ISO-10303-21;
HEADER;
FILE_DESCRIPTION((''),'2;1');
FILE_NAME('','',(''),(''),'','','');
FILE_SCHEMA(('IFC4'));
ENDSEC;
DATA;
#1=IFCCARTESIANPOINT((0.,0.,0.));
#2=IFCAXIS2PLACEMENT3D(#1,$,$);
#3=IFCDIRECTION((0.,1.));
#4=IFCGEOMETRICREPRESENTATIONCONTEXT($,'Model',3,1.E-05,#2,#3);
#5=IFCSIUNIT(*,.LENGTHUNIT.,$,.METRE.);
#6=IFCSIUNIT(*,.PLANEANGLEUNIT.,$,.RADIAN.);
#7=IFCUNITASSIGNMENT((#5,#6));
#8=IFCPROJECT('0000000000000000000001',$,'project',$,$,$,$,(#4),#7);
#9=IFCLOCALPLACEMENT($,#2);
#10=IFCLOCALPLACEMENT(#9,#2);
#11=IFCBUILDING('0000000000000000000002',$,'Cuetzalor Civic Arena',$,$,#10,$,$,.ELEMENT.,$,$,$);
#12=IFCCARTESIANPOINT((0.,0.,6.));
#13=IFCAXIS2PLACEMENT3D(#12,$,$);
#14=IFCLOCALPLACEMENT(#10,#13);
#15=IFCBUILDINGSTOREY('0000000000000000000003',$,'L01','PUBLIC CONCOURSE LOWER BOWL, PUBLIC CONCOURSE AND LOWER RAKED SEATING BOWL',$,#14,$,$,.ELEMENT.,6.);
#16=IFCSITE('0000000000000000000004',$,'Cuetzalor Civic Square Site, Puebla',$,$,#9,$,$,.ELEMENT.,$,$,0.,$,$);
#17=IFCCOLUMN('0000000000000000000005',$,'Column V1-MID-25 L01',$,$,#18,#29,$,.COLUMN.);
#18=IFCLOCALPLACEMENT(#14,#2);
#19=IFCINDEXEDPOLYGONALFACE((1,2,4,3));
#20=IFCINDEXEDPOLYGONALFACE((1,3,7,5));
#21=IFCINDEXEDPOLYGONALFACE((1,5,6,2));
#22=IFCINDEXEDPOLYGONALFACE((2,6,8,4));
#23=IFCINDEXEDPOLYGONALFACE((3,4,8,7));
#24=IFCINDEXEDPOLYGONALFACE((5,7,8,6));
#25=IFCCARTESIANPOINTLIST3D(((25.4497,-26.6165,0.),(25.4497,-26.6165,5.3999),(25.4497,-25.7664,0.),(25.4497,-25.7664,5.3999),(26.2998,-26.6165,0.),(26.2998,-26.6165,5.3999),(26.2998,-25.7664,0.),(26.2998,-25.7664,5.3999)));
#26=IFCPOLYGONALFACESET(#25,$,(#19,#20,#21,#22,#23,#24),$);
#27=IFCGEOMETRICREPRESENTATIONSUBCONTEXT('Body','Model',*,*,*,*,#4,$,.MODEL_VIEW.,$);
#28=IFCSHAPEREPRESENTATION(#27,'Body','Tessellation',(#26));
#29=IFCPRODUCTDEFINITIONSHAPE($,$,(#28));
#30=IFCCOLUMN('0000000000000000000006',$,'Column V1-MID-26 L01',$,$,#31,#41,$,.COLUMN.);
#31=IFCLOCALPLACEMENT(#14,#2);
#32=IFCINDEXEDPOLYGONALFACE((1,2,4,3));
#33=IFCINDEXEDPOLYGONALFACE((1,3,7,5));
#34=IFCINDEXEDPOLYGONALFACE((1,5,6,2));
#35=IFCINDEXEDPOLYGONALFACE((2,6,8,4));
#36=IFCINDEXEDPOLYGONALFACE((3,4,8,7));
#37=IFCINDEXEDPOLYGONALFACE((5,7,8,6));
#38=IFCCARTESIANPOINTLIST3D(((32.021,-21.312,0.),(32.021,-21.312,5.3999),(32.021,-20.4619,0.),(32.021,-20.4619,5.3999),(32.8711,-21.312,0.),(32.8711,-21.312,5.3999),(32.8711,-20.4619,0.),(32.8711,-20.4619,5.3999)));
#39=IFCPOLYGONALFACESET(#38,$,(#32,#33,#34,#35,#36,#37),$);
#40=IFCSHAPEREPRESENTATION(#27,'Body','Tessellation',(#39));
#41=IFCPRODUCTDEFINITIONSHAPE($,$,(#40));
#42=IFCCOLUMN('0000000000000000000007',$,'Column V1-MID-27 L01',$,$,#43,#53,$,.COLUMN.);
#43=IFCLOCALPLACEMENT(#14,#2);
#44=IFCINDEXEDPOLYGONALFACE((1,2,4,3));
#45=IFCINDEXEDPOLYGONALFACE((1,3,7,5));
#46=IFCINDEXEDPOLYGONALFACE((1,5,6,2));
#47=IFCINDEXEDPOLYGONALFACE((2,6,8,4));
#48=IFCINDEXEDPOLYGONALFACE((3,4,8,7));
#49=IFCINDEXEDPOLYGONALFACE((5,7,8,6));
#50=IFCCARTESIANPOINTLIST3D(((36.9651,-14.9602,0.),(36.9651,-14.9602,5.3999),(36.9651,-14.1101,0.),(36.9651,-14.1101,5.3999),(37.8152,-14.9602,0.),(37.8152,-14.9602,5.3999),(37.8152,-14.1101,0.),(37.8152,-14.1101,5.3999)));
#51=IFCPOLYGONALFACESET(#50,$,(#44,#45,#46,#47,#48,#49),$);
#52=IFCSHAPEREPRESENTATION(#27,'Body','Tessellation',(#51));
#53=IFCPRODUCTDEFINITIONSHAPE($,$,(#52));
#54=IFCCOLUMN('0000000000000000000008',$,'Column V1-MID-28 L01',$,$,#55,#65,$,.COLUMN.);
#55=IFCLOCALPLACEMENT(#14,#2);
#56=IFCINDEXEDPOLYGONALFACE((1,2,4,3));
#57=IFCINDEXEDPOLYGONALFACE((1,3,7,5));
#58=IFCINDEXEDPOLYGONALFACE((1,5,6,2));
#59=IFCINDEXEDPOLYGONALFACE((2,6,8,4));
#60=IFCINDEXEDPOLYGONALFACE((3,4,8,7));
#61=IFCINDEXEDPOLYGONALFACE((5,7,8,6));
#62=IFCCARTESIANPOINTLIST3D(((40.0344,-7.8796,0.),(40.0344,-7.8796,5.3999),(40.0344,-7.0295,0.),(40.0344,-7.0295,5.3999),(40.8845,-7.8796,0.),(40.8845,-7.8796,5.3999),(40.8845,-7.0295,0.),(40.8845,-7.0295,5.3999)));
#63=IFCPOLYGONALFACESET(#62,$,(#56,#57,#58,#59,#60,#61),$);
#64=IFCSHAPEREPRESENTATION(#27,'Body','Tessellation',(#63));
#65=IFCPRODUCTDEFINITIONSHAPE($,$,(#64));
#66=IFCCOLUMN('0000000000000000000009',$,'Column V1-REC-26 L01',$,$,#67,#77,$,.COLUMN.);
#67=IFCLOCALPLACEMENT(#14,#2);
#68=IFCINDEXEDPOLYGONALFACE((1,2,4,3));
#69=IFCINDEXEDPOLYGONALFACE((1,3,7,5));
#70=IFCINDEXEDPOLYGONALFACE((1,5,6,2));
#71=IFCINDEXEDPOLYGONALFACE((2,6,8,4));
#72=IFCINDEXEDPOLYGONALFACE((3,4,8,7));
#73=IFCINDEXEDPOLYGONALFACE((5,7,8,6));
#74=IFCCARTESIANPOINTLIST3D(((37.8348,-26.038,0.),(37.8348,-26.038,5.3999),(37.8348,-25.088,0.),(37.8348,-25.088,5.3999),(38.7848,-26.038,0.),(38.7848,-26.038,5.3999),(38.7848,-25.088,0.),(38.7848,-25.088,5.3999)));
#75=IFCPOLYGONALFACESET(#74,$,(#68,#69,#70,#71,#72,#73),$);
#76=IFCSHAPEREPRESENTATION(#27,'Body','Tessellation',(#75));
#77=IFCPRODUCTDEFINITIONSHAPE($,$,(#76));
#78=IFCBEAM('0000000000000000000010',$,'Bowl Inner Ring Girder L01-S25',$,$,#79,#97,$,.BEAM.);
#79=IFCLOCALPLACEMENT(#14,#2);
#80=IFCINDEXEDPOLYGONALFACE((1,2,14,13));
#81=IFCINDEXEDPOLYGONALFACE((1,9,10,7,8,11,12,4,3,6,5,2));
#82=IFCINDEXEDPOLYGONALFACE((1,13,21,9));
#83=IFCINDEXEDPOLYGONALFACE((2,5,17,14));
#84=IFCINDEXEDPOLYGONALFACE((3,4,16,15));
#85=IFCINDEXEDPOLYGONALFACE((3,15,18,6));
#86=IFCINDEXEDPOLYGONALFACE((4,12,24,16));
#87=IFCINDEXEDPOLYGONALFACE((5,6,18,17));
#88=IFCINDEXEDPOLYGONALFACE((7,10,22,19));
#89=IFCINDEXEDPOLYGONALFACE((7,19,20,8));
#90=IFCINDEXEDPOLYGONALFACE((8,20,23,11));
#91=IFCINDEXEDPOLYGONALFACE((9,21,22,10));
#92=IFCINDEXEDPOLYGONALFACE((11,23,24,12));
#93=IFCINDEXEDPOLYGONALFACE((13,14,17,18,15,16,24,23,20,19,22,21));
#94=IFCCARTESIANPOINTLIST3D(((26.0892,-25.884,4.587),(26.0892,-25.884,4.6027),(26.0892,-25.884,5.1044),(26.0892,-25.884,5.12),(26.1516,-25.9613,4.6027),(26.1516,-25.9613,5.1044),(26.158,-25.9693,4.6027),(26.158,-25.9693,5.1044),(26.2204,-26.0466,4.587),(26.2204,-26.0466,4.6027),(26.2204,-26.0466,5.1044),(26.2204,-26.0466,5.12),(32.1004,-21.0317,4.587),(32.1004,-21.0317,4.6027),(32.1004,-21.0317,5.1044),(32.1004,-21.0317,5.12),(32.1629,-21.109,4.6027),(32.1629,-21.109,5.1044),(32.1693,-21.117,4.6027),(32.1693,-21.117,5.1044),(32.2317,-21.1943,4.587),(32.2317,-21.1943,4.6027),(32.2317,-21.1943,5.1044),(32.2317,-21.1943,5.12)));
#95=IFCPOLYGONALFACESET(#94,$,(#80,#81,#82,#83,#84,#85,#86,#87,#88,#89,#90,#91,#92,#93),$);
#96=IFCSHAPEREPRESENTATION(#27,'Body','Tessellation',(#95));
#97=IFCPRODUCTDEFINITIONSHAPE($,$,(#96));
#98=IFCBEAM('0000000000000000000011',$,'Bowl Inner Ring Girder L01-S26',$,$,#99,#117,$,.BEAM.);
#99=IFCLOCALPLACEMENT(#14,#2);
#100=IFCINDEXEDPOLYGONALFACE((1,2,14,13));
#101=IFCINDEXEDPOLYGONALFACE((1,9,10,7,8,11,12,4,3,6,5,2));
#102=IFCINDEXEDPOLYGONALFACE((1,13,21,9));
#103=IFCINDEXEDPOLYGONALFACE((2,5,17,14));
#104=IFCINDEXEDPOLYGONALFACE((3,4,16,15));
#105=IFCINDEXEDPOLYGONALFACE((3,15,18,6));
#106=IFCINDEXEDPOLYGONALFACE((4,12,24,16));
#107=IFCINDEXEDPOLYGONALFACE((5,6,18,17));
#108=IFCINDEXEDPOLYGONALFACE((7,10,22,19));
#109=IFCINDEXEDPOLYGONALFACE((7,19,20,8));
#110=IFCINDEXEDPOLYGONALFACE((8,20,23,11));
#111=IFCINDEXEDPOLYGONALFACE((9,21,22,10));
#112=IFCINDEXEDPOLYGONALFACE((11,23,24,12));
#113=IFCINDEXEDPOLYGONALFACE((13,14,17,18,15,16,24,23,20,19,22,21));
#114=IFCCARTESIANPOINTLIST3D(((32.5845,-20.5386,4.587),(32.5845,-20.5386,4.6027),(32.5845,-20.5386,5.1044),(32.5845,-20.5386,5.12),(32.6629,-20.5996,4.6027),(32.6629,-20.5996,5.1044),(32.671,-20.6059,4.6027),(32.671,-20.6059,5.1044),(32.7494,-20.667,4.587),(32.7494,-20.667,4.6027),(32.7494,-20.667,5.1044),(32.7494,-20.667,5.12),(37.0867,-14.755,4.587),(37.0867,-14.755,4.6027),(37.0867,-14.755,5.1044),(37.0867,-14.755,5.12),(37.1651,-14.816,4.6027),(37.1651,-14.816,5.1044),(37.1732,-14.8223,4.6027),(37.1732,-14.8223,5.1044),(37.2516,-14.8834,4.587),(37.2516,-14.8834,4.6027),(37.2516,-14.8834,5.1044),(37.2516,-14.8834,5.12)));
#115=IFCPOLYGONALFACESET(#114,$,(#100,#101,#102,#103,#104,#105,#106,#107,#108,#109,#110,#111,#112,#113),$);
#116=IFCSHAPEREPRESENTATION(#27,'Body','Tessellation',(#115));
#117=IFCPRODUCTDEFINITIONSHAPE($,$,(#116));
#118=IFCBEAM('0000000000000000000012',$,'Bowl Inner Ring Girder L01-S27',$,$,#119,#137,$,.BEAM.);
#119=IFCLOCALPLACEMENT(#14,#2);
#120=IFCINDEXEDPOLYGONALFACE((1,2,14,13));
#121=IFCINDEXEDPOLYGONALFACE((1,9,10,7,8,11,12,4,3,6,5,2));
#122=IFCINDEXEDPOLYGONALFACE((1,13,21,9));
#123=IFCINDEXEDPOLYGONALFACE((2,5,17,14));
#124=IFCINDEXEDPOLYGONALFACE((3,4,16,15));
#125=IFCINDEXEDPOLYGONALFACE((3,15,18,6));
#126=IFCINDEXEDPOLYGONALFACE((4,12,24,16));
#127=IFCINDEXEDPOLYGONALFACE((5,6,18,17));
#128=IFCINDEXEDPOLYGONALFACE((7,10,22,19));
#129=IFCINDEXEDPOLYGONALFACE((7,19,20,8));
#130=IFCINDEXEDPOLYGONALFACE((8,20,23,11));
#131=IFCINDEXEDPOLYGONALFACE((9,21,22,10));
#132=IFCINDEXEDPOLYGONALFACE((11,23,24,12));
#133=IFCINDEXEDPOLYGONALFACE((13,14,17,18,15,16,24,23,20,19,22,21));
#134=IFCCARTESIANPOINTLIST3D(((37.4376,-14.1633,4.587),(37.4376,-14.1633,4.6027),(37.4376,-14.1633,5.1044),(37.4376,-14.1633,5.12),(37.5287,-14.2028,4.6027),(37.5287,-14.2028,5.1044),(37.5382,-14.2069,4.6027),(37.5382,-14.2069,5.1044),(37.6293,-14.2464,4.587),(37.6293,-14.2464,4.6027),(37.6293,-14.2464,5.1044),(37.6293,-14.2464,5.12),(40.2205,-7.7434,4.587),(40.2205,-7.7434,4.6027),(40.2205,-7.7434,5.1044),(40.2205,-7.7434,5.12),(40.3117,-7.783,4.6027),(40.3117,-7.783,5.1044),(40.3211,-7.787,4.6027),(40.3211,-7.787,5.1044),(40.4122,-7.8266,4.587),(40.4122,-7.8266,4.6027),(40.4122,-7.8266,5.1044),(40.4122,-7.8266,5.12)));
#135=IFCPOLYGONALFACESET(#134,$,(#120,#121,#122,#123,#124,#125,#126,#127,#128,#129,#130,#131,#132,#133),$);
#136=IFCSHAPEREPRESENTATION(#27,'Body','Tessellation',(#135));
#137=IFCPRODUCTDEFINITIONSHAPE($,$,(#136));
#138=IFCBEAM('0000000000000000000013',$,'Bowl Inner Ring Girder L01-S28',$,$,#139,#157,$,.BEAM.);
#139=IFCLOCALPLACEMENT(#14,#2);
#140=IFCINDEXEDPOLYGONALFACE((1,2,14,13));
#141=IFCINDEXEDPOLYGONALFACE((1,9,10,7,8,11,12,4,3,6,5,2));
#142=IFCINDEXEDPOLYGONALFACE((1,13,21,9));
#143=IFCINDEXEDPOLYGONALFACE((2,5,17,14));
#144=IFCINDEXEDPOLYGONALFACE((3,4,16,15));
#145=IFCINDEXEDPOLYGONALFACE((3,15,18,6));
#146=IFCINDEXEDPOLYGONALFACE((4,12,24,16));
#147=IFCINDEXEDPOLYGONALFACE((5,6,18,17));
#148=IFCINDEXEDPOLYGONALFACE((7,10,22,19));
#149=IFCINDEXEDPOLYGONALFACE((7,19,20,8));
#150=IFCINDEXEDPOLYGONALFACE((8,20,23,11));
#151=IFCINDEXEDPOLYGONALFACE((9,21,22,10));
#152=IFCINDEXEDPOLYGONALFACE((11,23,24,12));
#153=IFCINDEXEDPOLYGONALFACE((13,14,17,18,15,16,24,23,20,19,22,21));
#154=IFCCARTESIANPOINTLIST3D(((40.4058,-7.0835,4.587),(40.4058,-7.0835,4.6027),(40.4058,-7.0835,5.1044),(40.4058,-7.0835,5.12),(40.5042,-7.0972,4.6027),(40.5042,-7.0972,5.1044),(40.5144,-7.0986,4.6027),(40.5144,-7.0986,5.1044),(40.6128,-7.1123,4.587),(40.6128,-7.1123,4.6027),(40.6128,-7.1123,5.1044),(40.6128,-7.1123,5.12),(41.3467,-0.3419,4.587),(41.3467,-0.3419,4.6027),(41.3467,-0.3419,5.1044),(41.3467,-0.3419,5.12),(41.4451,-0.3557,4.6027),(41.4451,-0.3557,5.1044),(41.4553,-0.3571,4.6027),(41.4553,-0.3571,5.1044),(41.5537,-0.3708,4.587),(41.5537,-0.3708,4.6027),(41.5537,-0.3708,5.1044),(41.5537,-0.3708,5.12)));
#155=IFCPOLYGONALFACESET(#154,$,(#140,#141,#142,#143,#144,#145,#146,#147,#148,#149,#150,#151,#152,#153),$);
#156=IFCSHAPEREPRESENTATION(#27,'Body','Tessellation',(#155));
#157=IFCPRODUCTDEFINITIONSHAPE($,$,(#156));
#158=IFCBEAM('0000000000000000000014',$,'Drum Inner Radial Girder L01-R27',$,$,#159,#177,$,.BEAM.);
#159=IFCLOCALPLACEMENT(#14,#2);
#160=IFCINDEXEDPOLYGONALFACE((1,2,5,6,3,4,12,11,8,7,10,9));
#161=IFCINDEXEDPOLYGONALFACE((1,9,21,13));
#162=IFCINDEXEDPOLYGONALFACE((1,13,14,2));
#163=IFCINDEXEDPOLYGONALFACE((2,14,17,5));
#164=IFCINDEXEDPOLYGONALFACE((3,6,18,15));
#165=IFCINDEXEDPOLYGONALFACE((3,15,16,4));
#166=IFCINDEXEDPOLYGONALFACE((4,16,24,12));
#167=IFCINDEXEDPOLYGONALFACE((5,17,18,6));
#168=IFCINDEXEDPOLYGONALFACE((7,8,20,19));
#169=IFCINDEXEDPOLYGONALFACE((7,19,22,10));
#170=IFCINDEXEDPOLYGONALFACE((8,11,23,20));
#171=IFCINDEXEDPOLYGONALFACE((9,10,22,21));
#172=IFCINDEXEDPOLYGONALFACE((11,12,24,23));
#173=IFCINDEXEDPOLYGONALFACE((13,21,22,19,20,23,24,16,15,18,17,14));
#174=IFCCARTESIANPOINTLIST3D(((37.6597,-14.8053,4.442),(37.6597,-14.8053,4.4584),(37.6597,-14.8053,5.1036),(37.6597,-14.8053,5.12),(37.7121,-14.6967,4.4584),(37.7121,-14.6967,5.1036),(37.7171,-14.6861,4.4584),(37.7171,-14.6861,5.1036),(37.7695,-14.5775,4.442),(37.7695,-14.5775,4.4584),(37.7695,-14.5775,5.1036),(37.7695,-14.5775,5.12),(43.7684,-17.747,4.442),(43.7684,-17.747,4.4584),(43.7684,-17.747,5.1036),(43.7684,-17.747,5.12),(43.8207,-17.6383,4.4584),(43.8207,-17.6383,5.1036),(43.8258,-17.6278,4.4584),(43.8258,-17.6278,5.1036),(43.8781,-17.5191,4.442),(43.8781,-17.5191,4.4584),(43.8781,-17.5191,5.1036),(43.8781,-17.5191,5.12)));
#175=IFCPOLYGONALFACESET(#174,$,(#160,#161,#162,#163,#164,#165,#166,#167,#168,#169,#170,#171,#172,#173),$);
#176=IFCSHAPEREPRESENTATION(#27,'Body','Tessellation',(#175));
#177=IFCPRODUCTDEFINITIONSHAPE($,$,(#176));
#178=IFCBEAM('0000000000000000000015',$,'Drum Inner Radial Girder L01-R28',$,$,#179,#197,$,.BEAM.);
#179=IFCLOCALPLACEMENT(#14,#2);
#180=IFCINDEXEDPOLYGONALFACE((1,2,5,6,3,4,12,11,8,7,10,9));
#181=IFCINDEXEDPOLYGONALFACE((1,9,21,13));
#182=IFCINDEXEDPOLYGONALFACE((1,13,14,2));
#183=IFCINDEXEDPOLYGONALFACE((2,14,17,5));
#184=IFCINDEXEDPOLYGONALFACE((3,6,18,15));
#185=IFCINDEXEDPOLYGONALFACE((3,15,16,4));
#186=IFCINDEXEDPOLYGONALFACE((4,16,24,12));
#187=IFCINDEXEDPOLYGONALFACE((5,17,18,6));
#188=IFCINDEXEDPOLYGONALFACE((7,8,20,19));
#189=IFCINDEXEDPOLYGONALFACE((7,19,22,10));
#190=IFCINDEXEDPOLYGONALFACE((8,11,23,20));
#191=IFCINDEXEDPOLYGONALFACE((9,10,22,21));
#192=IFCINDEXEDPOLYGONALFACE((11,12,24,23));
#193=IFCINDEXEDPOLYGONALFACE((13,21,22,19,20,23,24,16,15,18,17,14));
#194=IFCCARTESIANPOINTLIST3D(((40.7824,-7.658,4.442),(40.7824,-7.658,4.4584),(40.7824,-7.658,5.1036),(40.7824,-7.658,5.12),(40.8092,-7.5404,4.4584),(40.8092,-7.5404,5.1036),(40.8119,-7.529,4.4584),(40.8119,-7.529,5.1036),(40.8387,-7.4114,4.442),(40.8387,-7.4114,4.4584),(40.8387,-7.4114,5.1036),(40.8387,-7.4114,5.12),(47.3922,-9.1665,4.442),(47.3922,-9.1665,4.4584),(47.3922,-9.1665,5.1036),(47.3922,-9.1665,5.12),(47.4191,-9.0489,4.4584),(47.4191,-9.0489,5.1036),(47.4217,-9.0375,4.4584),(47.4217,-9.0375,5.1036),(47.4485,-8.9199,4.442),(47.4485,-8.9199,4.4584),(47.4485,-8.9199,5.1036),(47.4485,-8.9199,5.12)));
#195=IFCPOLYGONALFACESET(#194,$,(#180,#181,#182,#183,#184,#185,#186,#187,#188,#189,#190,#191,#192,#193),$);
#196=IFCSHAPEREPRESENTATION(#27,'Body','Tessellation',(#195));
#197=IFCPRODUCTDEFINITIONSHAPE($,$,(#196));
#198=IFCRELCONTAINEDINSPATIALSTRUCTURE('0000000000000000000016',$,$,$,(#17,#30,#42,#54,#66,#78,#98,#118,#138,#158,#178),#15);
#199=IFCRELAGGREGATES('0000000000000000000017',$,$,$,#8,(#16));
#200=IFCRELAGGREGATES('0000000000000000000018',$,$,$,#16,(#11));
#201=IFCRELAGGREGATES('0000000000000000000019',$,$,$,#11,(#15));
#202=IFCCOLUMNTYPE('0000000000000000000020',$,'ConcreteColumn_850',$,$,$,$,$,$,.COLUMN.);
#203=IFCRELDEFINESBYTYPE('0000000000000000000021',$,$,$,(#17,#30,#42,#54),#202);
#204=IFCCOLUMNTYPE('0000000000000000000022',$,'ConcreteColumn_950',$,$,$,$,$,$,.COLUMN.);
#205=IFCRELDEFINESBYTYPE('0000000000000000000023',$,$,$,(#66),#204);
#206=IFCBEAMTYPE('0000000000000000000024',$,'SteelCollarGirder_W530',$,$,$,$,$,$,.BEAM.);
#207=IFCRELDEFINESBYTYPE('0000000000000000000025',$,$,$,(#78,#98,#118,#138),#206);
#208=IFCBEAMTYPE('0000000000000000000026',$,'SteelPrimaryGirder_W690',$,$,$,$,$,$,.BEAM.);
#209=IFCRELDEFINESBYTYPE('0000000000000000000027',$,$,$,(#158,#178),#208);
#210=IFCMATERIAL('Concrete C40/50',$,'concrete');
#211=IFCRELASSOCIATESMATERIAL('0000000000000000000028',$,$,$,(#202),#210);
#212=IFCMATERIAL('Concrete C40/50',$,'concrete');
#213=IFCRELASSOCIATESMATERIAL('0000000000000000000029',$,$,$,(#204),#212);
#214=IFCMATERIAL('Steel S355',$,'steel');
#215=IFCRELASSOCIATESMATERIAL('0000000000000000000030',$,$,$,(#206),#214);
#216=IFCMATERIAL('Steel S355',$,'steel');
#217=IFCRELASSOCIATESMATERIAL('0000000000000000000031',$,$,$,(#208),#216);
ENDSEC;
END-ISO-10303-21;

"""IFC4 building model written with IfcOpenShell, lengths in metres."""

from ifc_helpers import new_model, si_unit, direction, frame, origin, origin_2d, place, context, subcontext, project, spatial, rectangle, i_section, extrude, material, material_profile, profile_set, type_object, element, save


model = new_model("IFC4")

# Units and contexts
model_context = context("Model", 3, precision=1e-05, world=origin(), true_north=direction((0.0, 1.0)))
body_context = subcontext(model_context, "Body", "Model", "MODEL_VIEW")
ifc_project = project(units=[si_unit("LENGTHUNIT", "METRE"), si_unit("PLANEANGLEUNIT", "RADIAN")], contexts=[model_context])

# Site, building, storey
site_placement = place(None, origin())
site = spatial("IfcSite", under=ifc_project, at=site_placement, Name="Cuetzalor Civic Square Site, Puebla", CompositionType="ELEMENT", RefElevation=0.0)
building_placement = place(site_placement, origin())
building = spatial("IfcBuilding", under=site, at=building_placement, Name="Cuetzalor Civic Arena", CompositionType="ELEMENT")
storey_placement = place(building_placement, frame((0.0, 0.0, 6.0)))
storey = spatial("IfcBuildingStorey", under=building, at=storey_placement, Name="L01", Description="PUBLIC CONCOURSE LOWER BOWL, PUBLIC CONCOURSE AND LOWER RAKED SEATING BOWL", CompositionType="ELEMENT", Elevation=6.0)

# Columns
ifc_material_1 = material(Name="Concrete C40/50", Category="concrete")
ifc_material_profile_1 = material_profile(ifc_material_1, rectangle(XDim=0.8501, YDim=0.8501, at=origin_2d()), Name="RC 850x850")
ifc_profile_set_1 = profile_set([ifc_material_profile_1], Name="Concrete C40/50")
column_type_1 = type_object("IfcColumnType", Name="ConcreteColumn_850", PredefinedType="COLUMN", material=ifc_profile_set_1)
for number, where, z_axis, x_axis, name in (
    (1, (25.8748, -26.1914, 0.0), (0.0, 0.0, 1.0), (1.0, 0.0, 0.0), "Column V1-MID-25 L01"),
    (2, (32.446, -20.887, 0.0), (0.0, 0.0, 1.0), (1.0, 0.0, 0.0), "Column V1-MID-26 L01"),
    (3, (37.3901, -14.5352, 0.0), (0.0, 0.0, 1.0), (1.0, 0.0, 0.0), "Column V1-MID-27 L01"),
    (4, (40.4595, -7.4546, 0.0), (0.0, 0.0, 1.0), (1.0, 0.0, 0.0), "Column V1-MID-28 L01"),
):
    element("IfcColumn", number, at=place(storey_placement, frame(where, z_axis=z_axis, x_axis=x_axis)), inside=storey, type_object=column_type_1, Name=name, PredefinedType="COLUMN", context=body_context, shape_type="SweptSolid", body=[
        extrude(rectangle(XDim=0.8501, YDim=0.8501, at=origin_2d()), origin(), (0.0, 0.0, 1.0), 5.3999),
    ])
ifc_material_2 = material(Name="Concrete C40/50", Category="concrete")
ifc_material_profile_2 = material_profile(ifc_material_2, rectangle(XDim=0.95, YDim=0.95, at=origin_2d()), Name="RC 950x950")
ifc_profile_set_2 = profile_set([ifc_material_profile_2], Name="Concrete C40/50")
column_type_2 = type_object("IfcColumnType", Name="ConcreteColumn_950", PredefinedType="COLUMN", material=ifc_profile_set_2)
column_placement = place(storey_placement, frame((38.3098, -25.563, 0.0), z_axis=(0.0, 0.0, 1.0), x_axis=(1.0, 0.0, 0.0)))
element("IfcColumn", 5, at=column_placement, inside=storey, type_object=column_type_2, Name="Column V1-REC-26 L01", PredefinedType="COLUMN", context=body_context, shape_type="SweptSolid", body=[
    extrude(rectangle(XDim=0.95, YDim=0.95, at=origin_2d()), origin(), (0.0, 0.0, 1.0), 5.3999),
])

# Beams
ifc_material_3 = material(Name="Steel S355", Category="steel")
ifc_material_profile_3 = material_profile(ifc_material_3, i_section(OverallWidth=0.209, OverallDepth=0.533, WebThickness=0.0103, FlangeThickness=0.0156, at=origin_2d()), Name="W530x92")
ifc_profile_set_3 = profile_set([ifc_material_profile_3], Name="Steel S355")
beam_type_1 = type_object("IfcBeamType", Name="SteelCollarGirder_W530", PredefinedType="BEAM", material=ifc_profile_set_3)
beam_1_placement = place(storey_placement, frame((26.1548, -25.9653, 4.8535), z_axis=(0.778127, 0.628108, 0.0), x_axis=(-0.628108, 0.778127, 0.0)))
element("IfcBeam", 6, at=beam_1_placement, inside=storey, type_object=beam_type_1, Name="Bowl Inner Ring Girder L01-S25", PredefinedType="BEAM", context=body_context, shape_type="SweptSolid", body=[
    extrude(i_section(OverallWidth=0.209, OverallDepth=0.533, WebThickness=0.0103, FlangeThickness=0.0156, at=origin_2d()), origin(), (0.0, 0.0, 1.0), 7.7253),
])
beam_2_placement = place(storey_placement, frame((32.667, -20.6028, 4.8535), z_axis=(0.614261, 0.789103, 0.0), x_axis=(-0.789103, 0.614261, 0.0)))
element("IfcBeam", 7, at=beam_2_placement, inside=storey, type_object=beam_type_1, Name="Bowl Inner Ring Girder L01-S26", PredefinedType="BEAM", context=body_context, shape_type="SweptSolid", body=[
    extrude(i_section(OverallWidth=0.209, OverallDepth=0.533, WebThickness=0.0103, FlangeThickness=0.0156, at=origin_2d()), origin(), (0.0, 0.0, 1.0), 7.3293),
])
beam_3_placement = place(storey_placement, frame((37.5334, -14.2048, 4.8535), z_axis=(0.397727, 0.917504, 0.0), x_axis=(-0.917504, 0.397727, 0.0)))
element("IfcBeam", 8, at=beam_3_placement, inside=storey, type_object=beam_type_1, Name="Bowl Inner Ring Girder L01-S27", PredefinedType="BEAM", context=body_context, shape_type="SweptSolid", body=[
    extrude(i_section(OverallWidth=0.209, OverallDepth=0.533, WebThickness=0.0103, FlangeThickness=0.0156, at=origin_2d()), origin(), (0.0, 0.0, 1.0), 6.9971),
])
beam_4_placement = place(storey_placement, frame((40.5093, -7.0979, 4.8535), z_axis=(0.138232, 0.9904, 0.0), x_axis=(-0.9904, 0.138232, 0.0)))
element("IfcBeam", 9, at=beam_4_placement, inside=storey, type_object=beam_type_1, Name="Bowl Inner Ring Girder L01-S28", PredefinedType="BEAM", context=body_context, shape_type="SweptSolid", body=[
    extrude(i_section(OverallWidth=0.209, OverallDepth=0.533, WebThickness=0.0103, FlangeThickness=0.0156, at=origin_2d()), origin(), (0.0, 0.0, 1.0), 6.8069),
])
ifc_material_4 = material(Name="Steel S355", Category="steel")
ifc_material_profile_4 = material_profile(ifc_material_4, i_section(OverallWidth=0.2529, OverallDepth=0.678, WebThickness=0.0117, FlangeThickness=0.0164, at=origin_2d()), Name="W690x125")
ifc_profile_set_4 = profile_set([ifc_material_profile_4], Name="Steel S355")
beam_type_2 = type_object("IfcBeamType", Name="SteelPrimaryGirder_W690", PredefinedType="BEAM", material=ifc_profile_set_4)
beam_5_placement = place(storey_placement, frame((37.7146, -14.6914, 4.781), z_axis=(0.900976, -0.43387, 0.0), x_axis=(0.43387, 0.900976, 0.0)))
element("IfcBeam", 10, at=beam_5_placement, inside=storey, type_object=beam_type_2, Name="Drum Inner Radial Girder L01-R27", PredefinedType="BEAM", context=body_context, shape_type="SweptSolid", body=[
    extrude(i_section(OverallWidth=0.2529, OverallDepth=0.678, WebThickness=0.0117, FlangeThickness=0.0164, at=origin_2d()), origin(), (0.0, 0.0, 1.0), 6.78),
])
beam_6_placement = place(storey_placement, frame((40.8105, -7.5347, 4.781), z_axis=(0.974932, -0.222505, 0.0), x_axis=(0.222505, 0.974932, 0.0)))
element("IfcBeam", 11, at=beam_6_placement, inside=storey, type_object=beam_type_2, Name="Drum Inner Radial Girder L01-R28", PredefinedType="BEAM", context=body_context, shape_type="SweptSolid", body=[
    extrude(i_section(OverallWidth=0.2529, OverallDepth=0.678, WebThickness=0.0117, FlangeThickness=0.0164, at=origin_2d()), origin(), (0.0, 0.0, 1.0), 6.7798),
])

save(model, "model.ifc")
